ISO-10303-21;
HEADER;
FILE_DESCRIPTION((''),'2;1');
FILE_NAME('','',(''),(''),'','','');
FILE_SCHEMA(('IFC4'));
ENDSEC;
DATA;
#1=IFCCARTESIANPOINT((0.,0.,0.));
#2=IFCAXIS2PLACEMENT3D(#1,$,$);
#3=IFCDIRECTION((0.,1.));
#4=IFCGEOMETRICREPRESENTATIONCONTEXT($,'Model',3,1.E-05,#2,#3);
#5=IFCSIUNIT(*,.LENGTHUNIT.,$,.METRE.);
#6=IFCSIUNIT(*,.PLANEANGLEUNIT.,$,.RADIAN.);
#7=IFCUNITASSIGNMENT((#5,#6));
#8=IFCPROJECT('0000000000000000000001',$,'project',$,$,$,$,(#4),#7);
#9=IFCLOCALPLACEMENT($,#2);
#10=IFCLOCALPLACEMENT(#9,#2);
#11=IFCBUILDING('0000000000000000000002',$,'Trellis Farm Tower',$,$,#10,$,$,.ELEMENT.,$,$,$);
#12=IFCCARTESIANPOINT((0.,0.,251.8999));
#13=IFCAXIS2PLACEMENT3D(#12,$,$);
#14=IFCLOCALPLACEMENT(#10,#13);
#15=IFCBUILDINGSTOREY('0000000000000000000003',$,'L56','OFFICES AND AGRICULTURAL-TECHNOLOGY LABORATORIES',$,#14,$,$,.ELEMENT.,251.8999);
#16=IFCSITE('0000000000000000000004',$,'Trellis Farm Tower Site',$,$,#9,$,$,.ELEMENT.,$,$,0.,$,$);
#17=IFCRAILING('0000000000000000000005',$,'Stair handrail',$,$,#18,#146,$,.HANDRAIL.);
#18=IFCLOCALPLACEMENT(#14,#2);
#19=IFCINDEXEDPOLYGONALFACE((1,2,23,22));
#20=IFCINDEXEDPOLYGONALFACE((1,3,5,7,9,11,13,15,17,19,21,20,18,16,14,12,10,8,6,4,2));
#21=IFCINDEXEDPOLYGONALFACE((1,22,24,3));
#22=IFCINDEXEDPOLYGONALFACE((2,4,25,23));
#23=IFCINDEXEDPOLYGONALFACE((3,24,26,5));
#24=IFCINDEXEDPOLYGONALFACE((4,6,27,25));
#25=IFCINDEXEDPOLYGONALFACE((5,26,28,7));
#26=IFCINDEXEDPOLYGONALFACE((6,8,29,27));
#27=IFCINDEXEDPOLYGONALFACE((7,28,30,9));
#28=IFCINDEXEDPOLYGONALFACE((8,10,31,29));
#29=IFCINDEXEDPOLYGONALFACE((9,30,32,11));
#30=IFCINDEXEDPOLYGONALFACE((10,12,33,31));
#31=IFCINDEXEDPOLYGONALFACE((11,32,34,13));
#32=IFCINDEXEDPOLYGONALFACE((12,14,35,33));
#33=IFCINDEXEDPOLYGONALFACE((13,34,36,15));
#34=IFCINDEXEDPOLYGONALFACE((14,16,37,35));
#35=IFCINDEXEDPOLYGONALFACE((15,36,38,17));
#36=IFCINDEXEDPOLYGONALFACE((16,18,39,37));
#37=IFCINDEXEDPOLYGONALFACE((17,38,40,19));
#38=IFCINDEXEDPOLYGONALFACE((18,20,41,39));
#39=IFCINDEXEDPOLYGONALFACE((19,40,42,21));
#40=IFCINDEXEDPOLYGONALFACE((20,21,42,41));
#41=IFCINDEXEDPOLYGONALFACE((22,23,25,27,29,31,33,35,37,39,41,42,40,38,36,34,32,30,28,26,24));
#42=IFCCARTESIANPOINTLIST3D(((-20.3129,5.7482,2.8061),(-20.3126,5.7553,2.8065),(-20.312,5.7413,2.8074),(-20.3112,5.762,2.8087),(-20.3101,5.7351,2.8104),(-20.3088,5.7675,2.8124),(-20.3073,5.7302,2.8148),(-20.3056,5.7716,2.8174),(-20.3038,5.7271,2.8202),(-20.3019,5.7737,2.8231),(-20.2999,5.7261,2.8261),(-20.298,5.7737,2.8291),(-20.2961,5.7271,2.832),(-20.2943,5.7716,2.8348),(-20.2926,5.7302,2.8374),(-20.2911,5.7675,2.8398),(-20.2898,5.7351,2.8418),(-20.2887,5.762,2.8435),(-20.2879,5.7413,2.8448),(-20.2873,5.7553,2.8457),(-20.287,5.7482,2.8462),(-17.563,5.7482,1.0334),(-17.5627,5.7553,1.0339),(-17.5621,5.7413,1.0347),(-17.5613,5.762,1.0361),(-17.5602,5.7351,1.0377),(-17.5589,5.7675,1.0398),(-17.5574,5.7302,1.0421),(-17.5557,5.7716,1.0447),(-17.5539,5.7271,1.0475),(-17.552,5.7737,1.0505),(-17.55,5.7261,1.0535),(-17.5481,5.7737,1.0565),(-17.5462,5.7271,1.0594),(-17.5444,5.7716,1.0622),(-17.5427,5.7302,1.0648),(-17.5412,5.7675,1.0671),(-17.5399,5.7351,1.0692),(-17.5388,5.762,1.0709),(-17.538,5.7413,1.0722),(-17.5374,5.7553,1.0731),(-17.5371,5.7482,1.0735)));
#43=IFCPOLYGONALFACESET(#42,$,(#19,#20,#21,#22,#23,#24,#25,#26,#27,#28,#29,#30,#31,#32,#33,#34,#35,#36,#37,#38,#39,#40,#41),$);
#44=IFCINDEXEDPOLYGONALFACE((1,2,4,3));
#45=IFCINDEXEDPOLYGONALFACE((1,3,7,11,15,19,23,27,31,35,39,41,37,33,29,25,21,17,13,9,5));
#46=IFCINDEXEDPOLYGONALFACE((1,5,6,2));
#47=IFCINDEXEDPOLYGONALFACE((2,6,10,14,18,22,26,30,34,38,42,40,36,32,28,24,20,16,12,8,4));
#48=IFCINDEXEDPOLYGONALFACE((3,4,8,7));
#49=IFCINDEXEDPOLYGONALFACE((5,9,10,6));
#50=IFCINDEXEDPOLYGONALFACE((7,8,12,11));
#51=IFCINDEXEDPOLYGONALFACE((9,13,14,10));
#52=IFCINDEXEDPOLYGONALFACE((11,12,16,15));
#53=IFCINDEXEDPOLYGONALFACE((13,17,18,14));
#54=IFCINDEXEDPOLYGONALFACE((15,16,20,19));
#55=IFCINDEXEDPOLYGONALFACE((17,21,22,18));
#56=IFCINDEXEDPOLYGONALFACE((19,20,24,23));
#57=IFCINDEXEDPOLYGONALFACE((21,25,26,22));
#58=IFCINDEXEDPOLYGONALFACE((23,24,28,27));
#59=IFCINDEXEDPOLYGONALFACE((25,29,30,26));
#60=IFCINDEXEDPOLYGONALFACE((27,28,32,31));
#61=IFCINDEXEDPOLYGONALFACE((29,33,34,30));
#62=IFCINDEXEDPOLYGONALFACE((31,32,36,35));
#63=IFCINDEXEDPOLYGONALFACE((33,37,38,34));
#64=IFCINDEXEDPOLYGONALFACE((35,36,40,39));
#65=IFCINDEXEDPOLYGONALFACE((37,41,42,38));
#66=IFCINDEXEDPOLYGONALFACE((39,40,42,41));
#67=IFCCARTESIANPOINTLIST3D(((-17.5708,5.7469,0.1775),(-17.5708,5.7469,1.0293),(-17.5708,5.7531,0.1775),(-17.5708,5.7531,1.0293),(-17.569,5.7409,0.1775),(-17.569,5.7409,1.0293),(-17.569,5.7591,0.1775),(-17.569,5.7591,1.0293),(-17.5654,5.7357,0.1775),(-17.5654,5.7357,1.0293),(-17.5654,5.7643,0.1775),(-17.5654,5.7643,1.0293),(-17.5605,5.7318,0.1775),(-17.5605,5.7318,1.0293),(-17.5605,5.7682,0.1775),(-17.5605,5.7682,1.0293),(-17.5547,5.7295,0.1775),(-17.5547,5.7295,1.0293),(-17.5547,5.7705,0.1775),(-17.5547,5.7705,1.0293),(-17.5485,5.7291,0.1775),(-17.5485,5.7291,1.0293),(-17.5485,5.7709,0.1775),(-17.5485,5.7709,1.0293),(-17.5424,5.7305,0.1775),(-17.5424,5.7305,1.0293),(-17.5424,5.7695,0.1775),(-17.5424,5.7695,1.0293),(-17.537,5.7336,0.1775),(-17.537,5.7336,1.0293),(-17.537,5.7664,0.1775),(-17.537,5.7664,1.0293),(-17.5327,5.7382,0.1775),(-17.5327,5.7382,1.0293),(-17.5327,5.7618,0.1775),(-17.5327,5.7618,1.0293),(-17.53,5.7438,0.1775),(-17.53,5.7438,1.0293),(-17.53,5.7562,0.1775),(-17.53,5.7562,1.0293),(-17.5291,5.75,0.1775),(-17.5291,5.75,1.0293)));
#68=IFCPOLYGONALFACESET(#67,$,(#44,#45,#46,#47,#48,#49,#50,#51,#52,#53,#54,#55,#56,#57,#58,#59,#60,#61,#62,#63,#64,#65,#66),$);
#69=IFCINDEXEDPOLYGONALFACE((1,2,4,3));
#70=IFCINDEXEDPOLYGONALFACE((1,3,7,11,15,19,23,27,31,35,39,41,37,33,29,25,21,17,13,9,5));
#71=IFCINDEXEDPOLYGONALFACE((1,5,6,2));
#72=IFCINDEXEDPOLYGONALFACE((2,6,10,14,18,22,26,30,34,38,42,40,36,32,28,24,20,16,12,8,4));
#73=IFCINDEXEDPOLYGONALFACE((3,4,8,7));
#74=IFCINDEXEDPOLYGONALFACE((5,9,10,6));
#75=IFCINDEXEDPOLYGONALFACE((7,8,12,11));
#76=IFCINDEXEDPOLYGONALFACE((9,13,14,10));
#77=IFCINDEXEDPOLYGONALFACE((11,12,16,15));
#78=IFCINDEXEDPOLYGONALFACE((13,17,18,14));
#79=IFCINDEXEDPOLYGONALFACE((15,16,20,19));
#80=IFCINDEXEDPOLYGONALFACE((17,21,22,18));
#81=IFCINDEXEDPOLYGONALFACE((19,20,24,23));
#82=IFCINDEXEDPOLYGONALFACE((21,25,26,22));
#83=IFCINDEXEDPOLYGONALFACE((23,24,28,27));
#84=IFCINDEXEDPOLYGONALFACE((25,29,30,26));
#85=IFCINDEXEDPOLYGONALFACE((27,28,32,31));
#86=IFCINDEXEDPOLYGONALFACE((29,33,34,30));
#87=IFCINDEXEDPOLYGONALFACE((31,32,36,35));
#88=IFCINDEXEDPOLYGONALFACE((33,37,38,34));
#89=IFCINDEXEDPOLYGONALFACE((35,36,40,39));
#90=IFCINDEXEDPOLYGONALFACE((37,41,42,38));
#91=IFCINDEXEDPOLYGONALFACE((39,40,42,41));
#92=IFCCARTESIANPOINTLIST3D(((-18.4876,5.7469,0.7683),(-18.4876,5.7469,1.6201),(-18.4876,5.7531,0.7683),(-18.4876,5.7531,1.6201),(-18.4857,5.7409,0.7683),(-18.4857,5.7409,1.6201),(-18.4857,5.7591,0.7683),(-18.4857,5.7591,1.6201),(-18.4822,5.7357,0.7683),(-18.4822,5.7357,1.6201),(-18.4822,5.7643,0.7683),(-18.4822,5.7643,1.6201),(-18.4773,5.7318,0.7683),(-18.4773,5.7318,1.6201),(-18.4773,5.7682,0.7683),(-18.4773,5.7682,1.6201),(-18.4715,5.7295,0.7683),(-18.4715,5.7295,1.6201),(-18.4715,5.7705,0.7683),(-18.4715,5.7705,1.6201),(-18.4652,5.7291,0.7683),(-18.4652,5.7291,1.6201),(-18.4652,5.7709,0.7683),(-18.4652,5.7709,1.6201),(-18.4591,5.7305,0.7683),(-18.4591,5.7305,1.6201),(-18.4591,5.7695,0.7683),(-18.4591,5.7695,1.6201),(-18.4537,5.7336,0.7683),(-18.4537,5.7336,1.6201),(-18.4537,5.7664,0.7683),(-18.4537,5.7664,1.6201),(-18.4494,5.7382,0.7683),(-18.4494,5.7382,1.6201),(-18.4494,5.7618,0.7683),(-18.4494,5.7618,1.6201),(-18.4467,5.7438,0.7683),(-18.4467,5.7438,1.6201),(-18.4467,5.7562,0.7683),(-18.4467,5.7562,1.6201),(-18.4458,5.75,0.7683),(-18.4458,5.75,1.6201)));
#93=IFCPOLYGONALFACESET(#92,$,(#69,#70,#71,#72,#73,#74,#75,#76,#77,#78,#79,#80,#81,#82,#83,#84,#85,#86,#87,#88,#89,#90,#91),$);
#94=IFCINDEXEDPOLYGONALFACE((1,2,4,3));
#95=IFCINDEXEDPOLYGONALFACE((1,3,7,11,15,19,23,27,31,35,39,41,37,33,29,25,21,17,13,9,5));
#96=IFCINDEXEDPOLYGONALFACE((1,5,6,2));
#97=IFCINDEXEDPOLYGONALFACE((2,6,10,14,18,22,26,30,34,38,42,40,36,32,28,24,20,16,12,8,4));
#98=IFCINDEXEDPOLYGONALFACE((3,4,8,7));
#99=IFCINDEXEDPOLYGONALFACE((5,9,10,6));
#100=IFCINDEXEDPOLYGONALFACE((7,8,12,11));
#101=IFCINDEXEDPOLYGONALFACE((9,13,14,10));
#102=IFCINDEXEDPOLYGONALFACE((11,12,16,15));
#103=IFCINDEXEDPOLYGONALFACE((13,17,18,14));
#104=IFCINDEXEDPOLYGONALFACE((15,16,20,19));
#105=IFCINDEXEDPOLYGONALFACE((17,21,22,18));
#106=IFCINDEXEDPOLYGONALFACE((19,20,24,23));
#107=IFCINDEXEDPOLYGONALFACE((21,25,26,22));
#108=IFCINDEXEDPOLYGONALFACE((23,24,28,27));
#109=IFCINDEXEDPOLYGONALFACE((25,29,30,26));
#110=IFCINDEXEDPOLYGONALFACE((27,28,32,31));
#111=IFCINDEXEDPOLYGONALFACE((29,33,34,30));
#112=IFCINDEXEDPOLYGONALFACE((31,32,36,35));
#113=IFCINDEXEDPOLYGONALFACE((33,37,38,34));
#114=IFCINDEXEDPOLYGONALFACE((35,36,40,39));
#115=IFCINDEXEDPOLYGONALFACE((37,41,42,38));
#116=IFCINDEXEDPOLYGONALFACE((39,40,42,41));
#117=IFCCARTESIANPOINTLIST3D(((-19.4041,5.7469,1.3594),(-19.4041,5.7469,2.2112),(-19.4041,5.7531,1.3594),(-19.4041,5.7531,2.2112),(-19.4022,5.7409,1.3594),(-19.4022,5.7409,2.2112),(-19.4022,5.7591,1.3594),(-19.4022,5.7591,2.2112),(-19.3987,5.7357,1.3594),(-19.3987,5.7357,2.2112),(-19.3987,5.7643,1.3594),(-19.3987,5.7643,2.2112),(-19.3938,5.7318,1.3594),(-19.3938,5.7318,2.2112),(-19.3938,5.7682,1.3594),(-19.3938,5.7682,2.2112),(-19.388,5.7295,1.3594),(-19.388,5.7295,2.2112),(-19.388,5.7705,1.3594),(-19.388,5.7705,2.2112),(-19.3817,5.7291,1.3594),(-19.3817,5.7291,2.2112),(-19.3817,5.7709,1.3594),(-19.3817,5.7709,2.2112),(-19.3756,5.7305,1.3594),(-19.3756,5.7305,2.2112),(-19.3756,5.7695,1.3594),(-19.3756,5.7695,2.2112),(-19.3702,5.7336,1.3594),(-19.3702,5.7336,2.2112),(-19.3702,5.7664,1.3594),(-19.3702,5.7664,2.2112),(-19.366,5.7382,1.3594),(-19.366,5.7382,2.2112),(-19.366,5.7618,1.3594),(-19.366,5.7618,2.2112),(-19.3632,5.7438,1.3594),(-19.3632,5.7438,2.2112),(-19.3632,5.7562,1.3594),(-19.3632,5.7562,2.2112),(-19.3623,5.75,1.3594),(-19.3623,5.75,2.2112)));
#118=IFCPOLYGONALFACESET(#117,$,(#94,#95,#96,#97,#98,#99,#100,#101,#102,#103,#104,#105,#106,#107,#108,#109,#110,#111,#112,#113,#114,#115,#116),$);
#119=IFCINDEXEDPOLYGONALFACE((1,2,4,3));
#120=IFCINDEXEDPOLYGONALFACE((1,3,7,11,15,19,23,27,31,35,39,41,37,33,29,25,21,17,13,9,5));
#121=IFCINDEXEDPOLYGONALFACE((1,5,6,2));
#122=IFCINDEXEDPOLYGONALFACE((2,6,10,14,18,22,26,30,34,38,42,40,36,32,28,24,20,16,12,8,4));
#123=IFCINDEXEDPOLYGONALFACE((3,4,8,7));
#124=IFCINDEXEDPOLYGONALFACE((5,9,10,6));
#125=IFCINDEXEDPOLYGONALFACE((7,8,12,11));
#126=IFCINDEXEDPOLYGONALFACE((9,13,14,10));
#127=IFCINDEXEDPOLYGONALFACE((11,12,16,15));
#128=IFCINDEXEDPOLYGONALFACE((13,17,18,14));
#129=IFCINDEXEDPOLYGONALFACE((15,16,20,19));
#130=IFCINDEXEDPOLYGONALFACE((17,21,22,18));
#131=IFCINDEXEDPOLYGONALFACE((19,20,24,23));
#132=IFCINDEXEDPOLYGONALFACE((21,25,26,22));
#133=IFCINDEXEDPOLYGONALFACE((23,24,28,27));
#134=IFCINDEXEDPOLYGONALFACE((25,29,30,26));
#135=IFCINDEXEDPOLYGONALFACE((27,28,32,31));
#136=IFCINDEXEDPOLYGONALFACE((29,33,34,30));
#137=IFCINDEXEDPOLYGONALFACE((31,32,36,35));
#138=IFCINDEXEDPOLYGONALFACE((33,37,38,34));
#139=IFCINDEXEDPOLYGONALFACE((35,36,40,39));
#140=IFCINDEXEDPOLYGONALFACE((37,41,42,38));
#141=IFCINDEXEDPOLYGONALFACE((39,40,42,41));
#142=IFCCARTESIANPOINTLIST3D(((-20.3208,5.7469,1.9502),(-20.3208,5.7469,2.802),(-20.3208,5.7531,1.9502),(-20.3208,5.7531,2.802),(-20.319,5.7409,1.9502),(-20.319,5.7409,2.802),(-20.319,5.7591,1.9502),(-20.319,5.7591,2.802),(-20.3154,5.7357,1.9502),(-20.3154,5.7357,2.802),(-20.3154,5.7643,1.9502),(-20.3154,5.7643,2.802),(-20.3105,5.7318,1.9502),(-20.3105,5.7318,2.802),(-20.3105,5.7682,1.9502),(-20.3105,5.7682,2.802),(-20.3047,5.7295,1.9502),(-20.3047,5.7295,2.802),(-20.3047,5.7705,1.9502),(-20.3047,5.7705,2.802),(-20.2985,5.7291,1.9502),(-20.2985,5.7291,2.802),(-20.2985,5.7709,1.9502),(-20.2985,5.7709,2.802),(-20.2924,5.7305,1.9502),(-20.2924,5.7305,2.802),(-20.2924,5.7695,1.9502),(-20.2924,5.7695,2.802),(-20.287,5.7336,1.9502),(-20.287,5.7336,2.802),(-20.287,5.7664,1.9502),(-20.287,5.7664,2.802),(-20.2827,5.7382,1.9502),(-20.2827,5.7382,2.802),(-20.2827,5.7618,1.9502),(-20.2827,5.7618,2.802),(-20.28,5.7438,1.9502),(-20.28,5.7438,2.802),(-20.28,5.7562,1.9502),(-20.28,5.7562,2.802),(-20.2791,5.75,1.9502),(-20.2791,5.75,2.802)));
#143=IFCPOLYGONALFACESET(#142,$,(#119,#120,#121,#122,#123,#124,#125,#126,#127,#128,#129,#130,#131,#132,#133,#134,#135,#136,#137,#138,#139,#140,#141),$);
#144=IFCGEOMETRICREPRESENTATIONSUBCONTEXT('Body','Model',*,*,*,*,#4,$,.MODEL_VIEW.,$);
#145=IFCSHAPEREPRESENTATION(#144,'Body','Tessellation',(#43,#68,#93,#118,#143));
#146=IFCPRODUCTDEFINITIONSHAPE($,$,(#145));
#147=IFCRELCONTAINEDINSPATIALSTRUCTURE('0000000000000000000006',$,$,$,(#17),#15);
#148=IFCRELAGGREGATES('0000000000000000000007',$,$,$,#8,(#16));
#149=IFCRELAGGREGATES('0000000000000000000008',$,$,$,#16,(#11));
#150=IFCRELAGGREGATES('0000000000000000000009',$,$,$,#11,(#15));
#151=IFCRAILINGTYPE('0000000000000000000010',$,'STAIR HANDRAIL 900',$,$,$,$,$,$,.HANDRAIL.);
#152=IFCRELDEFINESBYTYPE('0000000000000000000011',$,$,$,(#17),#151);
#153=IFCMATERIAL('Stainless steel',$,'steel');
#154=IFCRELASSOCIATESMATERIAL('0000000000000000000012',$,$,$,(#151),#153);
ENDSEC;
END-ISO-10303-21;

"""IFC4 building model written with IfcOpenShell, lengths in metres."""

from ifc_helpers import new_model, si_unit, direction, frame, origin, origin_2d, place, context, subcontext, project, spatial, circle, extrude, source, transform, mapped, material, type_object, element, save


model = new_model("IFC4")

# Units and contexts
model_context = context("Model", 3, precision=1e-05, world=origin(), true_north=direction((0.0, 1.0)))
body_context = subcontext(model_context, "Body", "Model", "MODEL_VIEW")
ifc_project = project(units=[si_unit("LENGTHUNIT", "METRE"), si_unit("PLANEANGLEUNIT", "RADIAN")], contexts=[model_context])

# Site, building, storey
site_placement = place(None, origin())
site = spatial("IfcSite", under=ifc_project, at=site_placement, Name="Trellis Farm Tower Site", CompositionType="ELEMENT", RefElevation=0.0)
building_placement = place(site_placement, origin())
building = spatial("IfcBuilding", under=site, at=building_placement, Name="Trellis Farm Tower", CompositionType="ELEMENT")
storey_placement = place(building_placement, frame((0.0, 0.0, 251.8999)))
storey = spatial("IfcBuildingStorey", under=building, at=storey_placement, Name="L56", Description="OFFICES AND AGRICULTURAL-TECHNOLOGY LABORATORIES", CompositionType="ELEMENT", Elevation=251.8999)

# Railing
ifc_material_1 = material(Name="Stainless steel", Category="steel")
railing_type = type_object("IfcRailingType", Name="STAIR HANDRAIL 900", PredefinedType="HANDRAIL", material=ifc_material_1)
shared_shape_1 = source(origin(), body_context, "Body", "SweptSolid", [
    extrude(circle(Radius=0.0239, at=origin_2d()), frame((0.0, 0.0, 0.876), z_axis=(-0.840504, 0.0, 0.541806), x_axis=(0.0, -1.0, 0.0)), (0.0, 0.0, 1.0), 3.2717),
    extrude(circle(Radius=0.021, at=origin_2d()), origin(), (0.0, 0.0, 1.0), 0.8518),
    extrude(circle(Radius=0.021, at=origin_2d()), frame((-0.9167, 0.0, 0.5908)), (0.0, 0.0, 1.0), 0.8518),
    extrude(circle(Radius=0.021, at=origin_2d()), frame((-1.8333, 0.0, 1.1819)), (0.0, 0.0, 1.0), 0.8518),
    extrude(circle(Radius=0.021, at=origin_2d()), frame((-2.75, 0.0, 1.7727)), (0.0, 0.0, 1.0), 0.8518),
])
for number, where, name in (
    (1, (-17.55, 5.75, 0.1775), "Stair handrail"),
):
    element("IfcRailing", number, at=place(storey_placement, frame(where)), inside=storey, type_object=railing_type, Name=name, PredefinedType="HANDRAIL", context=body_context, shape_type="MappedRepresentation", body=[
        mapped(shared_shape_1, transform((0.0, 0.0, 0.0))),
    ])

save(model, "model.ifc")
